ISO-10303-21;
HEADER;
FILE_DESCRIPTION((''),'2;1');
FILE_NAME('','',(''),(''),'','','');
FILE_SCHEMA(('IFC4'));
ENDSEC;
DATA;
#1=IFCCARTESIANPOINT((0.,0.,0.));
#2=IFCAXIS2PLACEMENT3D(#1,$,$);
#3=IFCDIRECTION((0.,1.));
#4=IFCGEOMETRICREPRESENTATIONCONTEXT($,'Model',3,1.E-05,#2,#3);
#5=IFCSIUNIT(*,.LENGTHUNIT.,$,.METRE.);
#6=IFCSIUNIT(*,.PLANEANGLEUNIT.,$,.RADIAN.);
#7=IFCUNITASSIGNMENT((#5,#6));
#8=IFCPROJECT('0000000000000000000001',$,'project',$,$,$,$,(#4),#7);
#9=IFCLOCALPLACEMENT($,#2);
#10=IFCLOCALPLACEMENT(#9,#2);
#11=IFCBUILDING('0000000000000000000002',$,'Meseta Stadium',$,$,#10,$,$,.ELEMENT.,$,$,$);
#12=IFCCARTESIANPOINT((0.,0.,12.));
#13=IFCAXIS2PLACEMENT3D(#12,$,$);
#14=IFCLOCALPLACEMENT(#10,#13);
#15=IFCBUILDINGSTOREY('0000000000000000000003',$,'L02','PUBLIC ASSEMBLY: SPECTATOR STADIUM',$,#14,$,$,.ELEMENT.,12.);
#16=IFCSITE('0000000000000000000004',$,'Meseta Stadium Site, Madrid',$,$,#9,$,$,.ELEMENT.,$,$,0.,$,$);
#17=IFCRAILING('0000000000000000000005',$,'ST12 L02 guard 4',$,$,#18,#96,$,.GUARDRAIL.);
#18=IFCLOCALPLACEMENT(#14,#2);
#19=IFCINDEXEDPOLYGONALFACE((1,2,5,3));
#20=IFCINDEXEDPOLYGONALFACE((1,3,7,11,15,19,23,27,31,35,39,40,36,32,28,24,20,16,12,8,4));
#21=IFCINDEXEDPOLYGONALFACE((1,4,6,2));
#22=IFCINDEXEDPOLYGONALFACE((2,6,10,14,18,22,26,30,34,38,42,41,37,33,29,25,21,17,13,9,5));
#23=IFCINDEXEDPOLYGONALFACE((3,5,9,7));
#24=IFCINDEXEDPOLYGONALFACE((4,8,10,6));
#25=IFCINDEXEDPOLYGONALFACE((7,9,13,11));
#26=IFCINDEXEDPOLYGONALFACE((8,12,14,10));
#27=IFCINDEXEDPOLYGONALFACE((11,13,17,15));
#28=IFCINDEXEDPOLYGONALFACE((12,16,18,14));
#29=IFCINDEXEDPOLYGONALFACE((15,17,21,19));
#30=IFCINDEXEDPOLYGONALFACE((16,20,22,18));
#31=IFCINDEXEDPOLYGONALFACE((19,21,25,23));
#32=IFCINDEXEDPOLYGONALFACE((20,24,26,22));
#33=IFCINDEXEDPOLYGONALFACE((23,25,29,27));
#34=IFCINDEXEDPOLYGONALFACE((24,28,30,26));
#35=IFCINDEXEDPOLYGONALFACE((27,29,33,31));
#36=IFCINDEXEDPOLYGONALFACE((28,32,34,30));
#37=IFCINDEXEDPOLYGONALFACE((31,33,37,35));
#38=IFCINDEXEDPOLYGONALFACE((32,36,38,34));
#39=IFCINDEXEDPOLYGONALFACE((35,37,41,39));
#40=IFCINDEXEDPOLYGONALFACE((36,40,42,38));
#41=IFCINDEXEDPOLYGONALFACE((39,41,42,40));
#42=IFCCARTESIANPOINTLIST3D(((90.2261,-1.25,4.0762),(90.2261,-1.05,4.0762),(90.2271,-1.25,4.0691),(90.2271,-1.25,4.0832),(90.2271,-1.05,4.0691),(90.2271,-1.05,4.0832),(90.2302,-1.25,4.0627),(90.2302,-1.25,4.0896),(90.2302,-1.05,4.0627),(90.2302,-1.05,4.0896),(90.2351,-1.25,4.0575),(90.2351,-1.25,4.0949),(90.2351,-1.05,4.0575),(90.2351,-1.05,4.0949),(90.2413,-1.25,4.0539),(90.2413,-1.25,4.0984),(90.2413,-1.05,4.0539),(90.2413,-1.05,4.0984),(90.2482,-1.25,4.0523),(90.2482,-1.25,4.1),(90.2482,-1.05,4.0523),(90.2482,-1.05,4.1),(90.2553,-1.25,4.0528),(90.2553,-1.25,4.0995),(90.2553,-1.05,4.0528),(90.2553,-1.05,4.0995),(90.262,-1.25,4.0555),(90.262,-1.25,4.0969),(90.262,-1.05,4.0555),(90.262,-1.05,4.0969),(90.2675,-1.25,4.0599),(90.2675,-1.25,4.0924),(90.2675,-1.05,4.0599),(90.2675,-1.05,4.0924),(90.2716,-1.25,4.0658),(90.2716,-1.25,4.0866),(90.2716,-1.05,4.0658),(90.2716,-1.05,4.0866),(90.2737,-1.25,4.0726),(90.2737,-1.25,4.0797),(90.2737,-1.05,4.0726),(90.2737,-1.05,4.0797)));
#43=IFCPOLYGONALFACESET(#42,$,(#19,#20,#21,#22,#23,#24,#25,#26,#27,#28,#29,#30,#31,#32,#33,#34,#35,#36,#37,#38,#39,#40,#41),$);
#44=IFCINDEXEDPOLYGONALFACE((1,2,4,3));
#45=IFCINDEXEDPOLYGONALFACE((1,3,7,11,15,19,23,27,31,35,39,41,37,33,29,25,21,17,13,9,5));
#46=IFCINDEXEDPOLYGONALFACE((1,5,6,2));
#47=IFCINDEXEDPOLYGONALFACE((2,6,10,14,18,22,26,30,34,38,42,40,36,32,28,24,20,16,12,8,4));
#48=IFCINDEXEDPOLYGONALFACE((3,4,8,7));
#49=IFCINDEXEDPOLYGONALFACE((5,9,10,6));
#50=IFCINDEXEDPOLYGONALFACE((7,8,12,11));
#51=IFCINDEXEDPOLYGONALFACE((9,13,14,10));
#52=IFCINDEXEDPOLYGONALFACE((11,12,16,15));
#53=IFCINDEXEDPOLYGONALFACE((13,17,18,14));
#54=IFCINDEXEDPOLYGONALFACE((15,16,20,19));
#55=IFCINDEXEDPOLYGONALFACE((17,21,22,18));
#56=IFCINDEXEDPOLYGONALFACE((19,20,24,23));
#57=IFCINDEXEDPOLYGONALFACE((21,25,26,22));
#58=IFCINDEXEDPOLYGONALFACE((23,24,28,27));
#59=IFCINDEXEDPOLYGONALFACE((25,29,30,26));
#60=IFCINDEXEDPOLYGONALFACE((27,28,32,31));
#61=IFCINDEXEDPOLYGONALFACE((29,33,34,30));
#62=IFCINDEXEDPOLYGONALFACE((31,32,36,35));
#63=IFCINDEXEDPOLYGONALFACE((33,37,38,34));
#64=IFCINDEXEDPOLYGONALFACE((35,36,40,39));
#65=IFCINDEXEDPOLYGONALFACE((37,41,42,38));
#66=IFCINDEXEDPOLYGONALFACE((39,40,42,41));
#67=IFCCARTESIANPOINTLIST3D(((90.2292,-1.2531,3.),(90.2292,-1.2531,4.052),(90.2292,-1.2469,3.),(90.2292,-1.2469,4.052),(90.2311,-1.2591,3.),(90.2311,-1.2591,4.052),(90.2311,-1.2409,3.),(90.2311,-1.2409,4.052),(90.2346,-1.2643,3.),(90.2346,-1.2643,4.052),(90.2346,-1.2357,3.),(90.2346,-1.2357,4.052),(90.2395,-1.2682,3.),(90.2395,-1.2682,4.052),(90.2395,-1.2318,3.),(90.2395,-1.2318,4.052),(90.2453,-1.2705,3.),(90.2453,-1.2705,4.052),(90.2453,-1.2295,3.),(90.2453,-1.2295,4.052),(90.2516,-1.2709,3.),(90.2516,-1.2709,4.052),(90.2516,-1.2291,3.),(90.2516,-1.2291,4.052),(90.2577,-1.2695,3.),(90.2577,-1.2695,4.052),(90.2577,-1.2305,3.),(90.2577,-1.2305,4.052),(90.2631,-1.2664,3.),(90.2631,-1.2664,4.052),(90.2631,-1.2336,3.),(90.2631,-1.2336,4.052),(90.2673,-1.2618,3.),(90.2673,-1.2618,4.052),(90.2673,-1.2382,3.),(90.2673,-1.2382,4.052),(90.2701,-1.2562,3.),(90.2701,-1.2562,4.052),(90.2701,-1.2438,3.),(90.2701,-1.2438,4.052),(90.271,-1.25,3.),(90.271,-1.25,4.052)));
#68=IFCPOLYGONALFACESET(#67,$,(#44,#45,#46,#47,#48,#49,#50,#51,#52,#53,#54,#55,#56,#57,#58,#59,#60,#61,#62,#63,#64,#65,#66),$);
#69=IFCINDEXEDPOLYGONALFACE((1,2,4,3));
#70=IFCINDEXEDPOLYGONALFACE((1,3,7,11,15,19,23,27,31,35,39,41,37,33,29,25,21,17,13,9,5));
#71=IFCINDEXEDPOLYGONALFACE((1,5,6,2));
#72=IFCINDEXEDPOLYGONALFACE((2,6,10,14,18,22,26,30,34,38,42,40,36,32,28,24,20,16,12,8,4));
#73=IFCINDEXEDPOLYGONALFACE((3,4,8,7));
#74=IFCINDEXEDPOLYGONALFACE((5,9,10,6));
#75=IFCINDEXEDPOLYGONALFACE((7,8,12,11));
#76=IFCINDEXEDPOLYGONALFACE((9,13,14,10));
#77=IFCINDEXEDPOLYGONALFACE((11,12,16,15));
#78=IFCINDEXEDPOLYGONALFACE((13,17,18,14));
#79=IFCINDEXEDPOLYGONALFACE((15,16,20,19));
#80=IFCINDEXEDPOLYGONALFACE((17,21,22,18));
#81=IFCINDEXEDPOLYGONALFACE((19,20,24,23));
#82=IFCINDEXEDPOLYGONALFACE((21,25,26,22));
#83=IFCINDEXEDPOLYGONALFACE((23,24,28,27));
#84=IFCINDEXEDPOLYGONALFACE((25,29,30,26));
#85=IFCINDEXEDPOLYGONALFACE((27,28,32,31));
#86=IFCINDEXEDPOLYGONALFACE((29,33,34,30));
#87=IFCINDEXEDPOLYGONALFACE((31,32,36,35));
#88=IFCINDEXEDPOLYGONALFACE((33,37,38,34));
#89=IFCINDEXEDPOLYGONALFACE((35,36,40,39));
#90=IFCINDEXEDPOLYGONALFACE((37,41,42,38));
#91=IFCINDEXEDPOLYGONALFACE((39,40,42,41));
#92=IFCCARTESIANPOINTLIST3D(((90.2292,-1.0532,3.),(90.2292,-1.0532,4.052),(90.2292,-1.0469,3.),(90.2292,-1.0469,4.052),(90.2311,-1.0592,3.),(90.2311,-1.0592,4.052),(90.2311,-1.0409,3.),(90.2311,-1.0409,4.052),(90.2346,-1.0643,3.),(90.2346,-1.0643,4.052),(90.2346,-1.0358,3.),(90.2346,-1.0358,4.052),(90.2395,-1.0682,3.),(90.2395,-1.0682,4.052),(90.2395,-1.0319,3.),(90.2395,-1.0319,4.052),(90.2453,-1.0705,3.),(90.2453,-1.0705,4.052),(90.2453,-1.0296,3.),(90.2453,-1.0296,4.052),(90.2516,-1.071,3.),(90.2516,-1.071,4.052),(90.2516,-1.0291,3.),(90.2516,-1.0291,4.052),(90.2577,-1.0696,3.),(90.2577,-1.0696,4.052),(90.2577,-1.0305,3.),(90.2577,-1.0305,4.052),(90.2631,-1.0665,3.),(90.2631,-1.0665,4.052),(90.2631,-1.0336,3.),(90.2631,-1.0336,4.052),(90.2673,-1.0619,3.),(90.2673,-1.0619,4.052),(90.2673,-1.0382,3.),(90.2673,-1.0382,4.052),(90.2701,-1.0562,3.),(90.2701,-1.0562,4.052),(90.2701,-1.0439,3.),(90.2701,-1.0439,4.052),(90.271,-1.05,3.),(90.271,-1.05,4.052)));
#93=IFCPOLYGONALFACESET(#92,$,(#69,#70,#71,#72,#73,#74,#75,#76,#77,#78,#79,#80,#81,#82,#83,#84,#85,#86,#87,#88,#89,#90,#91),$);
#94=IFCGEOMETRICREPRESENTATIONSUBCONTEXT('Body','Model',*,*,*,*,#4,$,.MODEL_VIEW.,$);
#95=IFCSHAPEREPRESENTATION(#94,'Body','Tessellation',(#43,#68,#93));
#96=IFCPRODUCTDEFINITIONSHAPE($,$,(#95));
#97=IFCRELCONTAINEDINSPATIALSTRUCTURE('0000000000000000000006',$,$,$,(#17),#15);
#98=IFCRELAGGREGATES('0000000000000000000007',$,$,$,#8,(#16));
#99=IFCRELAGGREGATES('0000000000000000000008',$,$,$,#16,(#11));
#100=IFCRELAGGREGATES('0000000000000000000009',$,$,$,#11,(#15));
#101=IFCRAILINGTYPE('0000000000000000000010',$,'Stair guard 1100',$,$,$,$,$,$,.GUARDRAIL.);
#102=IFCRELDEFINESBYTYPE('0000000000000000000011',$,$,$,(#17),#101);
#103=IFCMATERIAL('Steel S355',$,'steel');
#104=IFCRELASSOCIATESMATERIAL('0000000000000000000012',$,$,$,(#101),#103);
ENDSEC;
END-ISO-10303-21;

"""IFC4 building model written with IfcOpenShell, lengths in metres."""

from ifc_helpers import new_model, si_unit, direction, frame, origin, origin_2d, place, context, subcontext, project, spatial, circle, extrude, material, type_object, element, save


model = new_model("IFC4")

# Units and contexts
model_context = context("Model", 3, precision=1e-05, world=origin(), true_north=direction((0.0, 1.0)))
body_context = subcontext(model_context, "Body", "Model", "MODEL_VIEW")
ifc_project = project(units=[si_unit("LENGTHUNIT", "METRE"), si_unit("PLANEANGLEUNIT", "RADIAN")], contexts=[model_context])

# Site, building, storey
site_placement = place(None, origin())
site = spatial("IfcSite", under=ifc_project, at=site_placement, Name="Meseta Stadium Site, Madrid", CompositionType="ELEMENT", RefElevation=0.0)
building_placement = place(site_placement, origin())
building = spatial("IfcBuilding", under=site, at=building_placement, Name="Meseta Stadium", CompositionType="ELEMENT")
storey_placement = place(building_placement, frame((0.0, 0.0, 12.0)))
storey = spatial("IfcBuildingStorey", under=building, at=storey_placement, Name="L02", Description="PUBLIC ASSEMBLY: SPECTATOR STADIUM", CompositionType="ELEMENT", Elevation=12.0)

# Railing
ifc_material_1 = material(Name="Steel S355", Category="steel")
railing_type_1 = type_object("IfcRailingType", Name="Stair guard 1100", PredefinedType="GUARDRAIL", material=ifc_material_1)
railing_1_placement = place(storey_placement, frame((90.25, -1.25, 3.0)))
element("IfcRailing", 1, at=railing_1_placement, inside=storey, type_object=railing_type_1, Name="ST12 L02 guard 4", PredefinedType="GUARDRAIL", context=body_context, shape_type="SweptSolid", body=[
    extrude(circle(Radius=0.0239, at=origin_2d()), frame((0.0, 0.0, 1.0762), z_axis=(0.0, 1.0, 0.0), x_axis=(-1.0, 0.0, 0.0)), (0.0, 0.0, 1.0), 0.2),
    extrude(circle(Radius=0.021, at=origin_2d()), origin(), (0.0, 0.0, 1.0), 1.052),
    extrude(circle(Radius=0.021, at=origin_2d()), frame((0.0, 0.2, 0.0)), (0.0, 0.0, 1.0), 1.052),
])

save(model, "model.ifc")
